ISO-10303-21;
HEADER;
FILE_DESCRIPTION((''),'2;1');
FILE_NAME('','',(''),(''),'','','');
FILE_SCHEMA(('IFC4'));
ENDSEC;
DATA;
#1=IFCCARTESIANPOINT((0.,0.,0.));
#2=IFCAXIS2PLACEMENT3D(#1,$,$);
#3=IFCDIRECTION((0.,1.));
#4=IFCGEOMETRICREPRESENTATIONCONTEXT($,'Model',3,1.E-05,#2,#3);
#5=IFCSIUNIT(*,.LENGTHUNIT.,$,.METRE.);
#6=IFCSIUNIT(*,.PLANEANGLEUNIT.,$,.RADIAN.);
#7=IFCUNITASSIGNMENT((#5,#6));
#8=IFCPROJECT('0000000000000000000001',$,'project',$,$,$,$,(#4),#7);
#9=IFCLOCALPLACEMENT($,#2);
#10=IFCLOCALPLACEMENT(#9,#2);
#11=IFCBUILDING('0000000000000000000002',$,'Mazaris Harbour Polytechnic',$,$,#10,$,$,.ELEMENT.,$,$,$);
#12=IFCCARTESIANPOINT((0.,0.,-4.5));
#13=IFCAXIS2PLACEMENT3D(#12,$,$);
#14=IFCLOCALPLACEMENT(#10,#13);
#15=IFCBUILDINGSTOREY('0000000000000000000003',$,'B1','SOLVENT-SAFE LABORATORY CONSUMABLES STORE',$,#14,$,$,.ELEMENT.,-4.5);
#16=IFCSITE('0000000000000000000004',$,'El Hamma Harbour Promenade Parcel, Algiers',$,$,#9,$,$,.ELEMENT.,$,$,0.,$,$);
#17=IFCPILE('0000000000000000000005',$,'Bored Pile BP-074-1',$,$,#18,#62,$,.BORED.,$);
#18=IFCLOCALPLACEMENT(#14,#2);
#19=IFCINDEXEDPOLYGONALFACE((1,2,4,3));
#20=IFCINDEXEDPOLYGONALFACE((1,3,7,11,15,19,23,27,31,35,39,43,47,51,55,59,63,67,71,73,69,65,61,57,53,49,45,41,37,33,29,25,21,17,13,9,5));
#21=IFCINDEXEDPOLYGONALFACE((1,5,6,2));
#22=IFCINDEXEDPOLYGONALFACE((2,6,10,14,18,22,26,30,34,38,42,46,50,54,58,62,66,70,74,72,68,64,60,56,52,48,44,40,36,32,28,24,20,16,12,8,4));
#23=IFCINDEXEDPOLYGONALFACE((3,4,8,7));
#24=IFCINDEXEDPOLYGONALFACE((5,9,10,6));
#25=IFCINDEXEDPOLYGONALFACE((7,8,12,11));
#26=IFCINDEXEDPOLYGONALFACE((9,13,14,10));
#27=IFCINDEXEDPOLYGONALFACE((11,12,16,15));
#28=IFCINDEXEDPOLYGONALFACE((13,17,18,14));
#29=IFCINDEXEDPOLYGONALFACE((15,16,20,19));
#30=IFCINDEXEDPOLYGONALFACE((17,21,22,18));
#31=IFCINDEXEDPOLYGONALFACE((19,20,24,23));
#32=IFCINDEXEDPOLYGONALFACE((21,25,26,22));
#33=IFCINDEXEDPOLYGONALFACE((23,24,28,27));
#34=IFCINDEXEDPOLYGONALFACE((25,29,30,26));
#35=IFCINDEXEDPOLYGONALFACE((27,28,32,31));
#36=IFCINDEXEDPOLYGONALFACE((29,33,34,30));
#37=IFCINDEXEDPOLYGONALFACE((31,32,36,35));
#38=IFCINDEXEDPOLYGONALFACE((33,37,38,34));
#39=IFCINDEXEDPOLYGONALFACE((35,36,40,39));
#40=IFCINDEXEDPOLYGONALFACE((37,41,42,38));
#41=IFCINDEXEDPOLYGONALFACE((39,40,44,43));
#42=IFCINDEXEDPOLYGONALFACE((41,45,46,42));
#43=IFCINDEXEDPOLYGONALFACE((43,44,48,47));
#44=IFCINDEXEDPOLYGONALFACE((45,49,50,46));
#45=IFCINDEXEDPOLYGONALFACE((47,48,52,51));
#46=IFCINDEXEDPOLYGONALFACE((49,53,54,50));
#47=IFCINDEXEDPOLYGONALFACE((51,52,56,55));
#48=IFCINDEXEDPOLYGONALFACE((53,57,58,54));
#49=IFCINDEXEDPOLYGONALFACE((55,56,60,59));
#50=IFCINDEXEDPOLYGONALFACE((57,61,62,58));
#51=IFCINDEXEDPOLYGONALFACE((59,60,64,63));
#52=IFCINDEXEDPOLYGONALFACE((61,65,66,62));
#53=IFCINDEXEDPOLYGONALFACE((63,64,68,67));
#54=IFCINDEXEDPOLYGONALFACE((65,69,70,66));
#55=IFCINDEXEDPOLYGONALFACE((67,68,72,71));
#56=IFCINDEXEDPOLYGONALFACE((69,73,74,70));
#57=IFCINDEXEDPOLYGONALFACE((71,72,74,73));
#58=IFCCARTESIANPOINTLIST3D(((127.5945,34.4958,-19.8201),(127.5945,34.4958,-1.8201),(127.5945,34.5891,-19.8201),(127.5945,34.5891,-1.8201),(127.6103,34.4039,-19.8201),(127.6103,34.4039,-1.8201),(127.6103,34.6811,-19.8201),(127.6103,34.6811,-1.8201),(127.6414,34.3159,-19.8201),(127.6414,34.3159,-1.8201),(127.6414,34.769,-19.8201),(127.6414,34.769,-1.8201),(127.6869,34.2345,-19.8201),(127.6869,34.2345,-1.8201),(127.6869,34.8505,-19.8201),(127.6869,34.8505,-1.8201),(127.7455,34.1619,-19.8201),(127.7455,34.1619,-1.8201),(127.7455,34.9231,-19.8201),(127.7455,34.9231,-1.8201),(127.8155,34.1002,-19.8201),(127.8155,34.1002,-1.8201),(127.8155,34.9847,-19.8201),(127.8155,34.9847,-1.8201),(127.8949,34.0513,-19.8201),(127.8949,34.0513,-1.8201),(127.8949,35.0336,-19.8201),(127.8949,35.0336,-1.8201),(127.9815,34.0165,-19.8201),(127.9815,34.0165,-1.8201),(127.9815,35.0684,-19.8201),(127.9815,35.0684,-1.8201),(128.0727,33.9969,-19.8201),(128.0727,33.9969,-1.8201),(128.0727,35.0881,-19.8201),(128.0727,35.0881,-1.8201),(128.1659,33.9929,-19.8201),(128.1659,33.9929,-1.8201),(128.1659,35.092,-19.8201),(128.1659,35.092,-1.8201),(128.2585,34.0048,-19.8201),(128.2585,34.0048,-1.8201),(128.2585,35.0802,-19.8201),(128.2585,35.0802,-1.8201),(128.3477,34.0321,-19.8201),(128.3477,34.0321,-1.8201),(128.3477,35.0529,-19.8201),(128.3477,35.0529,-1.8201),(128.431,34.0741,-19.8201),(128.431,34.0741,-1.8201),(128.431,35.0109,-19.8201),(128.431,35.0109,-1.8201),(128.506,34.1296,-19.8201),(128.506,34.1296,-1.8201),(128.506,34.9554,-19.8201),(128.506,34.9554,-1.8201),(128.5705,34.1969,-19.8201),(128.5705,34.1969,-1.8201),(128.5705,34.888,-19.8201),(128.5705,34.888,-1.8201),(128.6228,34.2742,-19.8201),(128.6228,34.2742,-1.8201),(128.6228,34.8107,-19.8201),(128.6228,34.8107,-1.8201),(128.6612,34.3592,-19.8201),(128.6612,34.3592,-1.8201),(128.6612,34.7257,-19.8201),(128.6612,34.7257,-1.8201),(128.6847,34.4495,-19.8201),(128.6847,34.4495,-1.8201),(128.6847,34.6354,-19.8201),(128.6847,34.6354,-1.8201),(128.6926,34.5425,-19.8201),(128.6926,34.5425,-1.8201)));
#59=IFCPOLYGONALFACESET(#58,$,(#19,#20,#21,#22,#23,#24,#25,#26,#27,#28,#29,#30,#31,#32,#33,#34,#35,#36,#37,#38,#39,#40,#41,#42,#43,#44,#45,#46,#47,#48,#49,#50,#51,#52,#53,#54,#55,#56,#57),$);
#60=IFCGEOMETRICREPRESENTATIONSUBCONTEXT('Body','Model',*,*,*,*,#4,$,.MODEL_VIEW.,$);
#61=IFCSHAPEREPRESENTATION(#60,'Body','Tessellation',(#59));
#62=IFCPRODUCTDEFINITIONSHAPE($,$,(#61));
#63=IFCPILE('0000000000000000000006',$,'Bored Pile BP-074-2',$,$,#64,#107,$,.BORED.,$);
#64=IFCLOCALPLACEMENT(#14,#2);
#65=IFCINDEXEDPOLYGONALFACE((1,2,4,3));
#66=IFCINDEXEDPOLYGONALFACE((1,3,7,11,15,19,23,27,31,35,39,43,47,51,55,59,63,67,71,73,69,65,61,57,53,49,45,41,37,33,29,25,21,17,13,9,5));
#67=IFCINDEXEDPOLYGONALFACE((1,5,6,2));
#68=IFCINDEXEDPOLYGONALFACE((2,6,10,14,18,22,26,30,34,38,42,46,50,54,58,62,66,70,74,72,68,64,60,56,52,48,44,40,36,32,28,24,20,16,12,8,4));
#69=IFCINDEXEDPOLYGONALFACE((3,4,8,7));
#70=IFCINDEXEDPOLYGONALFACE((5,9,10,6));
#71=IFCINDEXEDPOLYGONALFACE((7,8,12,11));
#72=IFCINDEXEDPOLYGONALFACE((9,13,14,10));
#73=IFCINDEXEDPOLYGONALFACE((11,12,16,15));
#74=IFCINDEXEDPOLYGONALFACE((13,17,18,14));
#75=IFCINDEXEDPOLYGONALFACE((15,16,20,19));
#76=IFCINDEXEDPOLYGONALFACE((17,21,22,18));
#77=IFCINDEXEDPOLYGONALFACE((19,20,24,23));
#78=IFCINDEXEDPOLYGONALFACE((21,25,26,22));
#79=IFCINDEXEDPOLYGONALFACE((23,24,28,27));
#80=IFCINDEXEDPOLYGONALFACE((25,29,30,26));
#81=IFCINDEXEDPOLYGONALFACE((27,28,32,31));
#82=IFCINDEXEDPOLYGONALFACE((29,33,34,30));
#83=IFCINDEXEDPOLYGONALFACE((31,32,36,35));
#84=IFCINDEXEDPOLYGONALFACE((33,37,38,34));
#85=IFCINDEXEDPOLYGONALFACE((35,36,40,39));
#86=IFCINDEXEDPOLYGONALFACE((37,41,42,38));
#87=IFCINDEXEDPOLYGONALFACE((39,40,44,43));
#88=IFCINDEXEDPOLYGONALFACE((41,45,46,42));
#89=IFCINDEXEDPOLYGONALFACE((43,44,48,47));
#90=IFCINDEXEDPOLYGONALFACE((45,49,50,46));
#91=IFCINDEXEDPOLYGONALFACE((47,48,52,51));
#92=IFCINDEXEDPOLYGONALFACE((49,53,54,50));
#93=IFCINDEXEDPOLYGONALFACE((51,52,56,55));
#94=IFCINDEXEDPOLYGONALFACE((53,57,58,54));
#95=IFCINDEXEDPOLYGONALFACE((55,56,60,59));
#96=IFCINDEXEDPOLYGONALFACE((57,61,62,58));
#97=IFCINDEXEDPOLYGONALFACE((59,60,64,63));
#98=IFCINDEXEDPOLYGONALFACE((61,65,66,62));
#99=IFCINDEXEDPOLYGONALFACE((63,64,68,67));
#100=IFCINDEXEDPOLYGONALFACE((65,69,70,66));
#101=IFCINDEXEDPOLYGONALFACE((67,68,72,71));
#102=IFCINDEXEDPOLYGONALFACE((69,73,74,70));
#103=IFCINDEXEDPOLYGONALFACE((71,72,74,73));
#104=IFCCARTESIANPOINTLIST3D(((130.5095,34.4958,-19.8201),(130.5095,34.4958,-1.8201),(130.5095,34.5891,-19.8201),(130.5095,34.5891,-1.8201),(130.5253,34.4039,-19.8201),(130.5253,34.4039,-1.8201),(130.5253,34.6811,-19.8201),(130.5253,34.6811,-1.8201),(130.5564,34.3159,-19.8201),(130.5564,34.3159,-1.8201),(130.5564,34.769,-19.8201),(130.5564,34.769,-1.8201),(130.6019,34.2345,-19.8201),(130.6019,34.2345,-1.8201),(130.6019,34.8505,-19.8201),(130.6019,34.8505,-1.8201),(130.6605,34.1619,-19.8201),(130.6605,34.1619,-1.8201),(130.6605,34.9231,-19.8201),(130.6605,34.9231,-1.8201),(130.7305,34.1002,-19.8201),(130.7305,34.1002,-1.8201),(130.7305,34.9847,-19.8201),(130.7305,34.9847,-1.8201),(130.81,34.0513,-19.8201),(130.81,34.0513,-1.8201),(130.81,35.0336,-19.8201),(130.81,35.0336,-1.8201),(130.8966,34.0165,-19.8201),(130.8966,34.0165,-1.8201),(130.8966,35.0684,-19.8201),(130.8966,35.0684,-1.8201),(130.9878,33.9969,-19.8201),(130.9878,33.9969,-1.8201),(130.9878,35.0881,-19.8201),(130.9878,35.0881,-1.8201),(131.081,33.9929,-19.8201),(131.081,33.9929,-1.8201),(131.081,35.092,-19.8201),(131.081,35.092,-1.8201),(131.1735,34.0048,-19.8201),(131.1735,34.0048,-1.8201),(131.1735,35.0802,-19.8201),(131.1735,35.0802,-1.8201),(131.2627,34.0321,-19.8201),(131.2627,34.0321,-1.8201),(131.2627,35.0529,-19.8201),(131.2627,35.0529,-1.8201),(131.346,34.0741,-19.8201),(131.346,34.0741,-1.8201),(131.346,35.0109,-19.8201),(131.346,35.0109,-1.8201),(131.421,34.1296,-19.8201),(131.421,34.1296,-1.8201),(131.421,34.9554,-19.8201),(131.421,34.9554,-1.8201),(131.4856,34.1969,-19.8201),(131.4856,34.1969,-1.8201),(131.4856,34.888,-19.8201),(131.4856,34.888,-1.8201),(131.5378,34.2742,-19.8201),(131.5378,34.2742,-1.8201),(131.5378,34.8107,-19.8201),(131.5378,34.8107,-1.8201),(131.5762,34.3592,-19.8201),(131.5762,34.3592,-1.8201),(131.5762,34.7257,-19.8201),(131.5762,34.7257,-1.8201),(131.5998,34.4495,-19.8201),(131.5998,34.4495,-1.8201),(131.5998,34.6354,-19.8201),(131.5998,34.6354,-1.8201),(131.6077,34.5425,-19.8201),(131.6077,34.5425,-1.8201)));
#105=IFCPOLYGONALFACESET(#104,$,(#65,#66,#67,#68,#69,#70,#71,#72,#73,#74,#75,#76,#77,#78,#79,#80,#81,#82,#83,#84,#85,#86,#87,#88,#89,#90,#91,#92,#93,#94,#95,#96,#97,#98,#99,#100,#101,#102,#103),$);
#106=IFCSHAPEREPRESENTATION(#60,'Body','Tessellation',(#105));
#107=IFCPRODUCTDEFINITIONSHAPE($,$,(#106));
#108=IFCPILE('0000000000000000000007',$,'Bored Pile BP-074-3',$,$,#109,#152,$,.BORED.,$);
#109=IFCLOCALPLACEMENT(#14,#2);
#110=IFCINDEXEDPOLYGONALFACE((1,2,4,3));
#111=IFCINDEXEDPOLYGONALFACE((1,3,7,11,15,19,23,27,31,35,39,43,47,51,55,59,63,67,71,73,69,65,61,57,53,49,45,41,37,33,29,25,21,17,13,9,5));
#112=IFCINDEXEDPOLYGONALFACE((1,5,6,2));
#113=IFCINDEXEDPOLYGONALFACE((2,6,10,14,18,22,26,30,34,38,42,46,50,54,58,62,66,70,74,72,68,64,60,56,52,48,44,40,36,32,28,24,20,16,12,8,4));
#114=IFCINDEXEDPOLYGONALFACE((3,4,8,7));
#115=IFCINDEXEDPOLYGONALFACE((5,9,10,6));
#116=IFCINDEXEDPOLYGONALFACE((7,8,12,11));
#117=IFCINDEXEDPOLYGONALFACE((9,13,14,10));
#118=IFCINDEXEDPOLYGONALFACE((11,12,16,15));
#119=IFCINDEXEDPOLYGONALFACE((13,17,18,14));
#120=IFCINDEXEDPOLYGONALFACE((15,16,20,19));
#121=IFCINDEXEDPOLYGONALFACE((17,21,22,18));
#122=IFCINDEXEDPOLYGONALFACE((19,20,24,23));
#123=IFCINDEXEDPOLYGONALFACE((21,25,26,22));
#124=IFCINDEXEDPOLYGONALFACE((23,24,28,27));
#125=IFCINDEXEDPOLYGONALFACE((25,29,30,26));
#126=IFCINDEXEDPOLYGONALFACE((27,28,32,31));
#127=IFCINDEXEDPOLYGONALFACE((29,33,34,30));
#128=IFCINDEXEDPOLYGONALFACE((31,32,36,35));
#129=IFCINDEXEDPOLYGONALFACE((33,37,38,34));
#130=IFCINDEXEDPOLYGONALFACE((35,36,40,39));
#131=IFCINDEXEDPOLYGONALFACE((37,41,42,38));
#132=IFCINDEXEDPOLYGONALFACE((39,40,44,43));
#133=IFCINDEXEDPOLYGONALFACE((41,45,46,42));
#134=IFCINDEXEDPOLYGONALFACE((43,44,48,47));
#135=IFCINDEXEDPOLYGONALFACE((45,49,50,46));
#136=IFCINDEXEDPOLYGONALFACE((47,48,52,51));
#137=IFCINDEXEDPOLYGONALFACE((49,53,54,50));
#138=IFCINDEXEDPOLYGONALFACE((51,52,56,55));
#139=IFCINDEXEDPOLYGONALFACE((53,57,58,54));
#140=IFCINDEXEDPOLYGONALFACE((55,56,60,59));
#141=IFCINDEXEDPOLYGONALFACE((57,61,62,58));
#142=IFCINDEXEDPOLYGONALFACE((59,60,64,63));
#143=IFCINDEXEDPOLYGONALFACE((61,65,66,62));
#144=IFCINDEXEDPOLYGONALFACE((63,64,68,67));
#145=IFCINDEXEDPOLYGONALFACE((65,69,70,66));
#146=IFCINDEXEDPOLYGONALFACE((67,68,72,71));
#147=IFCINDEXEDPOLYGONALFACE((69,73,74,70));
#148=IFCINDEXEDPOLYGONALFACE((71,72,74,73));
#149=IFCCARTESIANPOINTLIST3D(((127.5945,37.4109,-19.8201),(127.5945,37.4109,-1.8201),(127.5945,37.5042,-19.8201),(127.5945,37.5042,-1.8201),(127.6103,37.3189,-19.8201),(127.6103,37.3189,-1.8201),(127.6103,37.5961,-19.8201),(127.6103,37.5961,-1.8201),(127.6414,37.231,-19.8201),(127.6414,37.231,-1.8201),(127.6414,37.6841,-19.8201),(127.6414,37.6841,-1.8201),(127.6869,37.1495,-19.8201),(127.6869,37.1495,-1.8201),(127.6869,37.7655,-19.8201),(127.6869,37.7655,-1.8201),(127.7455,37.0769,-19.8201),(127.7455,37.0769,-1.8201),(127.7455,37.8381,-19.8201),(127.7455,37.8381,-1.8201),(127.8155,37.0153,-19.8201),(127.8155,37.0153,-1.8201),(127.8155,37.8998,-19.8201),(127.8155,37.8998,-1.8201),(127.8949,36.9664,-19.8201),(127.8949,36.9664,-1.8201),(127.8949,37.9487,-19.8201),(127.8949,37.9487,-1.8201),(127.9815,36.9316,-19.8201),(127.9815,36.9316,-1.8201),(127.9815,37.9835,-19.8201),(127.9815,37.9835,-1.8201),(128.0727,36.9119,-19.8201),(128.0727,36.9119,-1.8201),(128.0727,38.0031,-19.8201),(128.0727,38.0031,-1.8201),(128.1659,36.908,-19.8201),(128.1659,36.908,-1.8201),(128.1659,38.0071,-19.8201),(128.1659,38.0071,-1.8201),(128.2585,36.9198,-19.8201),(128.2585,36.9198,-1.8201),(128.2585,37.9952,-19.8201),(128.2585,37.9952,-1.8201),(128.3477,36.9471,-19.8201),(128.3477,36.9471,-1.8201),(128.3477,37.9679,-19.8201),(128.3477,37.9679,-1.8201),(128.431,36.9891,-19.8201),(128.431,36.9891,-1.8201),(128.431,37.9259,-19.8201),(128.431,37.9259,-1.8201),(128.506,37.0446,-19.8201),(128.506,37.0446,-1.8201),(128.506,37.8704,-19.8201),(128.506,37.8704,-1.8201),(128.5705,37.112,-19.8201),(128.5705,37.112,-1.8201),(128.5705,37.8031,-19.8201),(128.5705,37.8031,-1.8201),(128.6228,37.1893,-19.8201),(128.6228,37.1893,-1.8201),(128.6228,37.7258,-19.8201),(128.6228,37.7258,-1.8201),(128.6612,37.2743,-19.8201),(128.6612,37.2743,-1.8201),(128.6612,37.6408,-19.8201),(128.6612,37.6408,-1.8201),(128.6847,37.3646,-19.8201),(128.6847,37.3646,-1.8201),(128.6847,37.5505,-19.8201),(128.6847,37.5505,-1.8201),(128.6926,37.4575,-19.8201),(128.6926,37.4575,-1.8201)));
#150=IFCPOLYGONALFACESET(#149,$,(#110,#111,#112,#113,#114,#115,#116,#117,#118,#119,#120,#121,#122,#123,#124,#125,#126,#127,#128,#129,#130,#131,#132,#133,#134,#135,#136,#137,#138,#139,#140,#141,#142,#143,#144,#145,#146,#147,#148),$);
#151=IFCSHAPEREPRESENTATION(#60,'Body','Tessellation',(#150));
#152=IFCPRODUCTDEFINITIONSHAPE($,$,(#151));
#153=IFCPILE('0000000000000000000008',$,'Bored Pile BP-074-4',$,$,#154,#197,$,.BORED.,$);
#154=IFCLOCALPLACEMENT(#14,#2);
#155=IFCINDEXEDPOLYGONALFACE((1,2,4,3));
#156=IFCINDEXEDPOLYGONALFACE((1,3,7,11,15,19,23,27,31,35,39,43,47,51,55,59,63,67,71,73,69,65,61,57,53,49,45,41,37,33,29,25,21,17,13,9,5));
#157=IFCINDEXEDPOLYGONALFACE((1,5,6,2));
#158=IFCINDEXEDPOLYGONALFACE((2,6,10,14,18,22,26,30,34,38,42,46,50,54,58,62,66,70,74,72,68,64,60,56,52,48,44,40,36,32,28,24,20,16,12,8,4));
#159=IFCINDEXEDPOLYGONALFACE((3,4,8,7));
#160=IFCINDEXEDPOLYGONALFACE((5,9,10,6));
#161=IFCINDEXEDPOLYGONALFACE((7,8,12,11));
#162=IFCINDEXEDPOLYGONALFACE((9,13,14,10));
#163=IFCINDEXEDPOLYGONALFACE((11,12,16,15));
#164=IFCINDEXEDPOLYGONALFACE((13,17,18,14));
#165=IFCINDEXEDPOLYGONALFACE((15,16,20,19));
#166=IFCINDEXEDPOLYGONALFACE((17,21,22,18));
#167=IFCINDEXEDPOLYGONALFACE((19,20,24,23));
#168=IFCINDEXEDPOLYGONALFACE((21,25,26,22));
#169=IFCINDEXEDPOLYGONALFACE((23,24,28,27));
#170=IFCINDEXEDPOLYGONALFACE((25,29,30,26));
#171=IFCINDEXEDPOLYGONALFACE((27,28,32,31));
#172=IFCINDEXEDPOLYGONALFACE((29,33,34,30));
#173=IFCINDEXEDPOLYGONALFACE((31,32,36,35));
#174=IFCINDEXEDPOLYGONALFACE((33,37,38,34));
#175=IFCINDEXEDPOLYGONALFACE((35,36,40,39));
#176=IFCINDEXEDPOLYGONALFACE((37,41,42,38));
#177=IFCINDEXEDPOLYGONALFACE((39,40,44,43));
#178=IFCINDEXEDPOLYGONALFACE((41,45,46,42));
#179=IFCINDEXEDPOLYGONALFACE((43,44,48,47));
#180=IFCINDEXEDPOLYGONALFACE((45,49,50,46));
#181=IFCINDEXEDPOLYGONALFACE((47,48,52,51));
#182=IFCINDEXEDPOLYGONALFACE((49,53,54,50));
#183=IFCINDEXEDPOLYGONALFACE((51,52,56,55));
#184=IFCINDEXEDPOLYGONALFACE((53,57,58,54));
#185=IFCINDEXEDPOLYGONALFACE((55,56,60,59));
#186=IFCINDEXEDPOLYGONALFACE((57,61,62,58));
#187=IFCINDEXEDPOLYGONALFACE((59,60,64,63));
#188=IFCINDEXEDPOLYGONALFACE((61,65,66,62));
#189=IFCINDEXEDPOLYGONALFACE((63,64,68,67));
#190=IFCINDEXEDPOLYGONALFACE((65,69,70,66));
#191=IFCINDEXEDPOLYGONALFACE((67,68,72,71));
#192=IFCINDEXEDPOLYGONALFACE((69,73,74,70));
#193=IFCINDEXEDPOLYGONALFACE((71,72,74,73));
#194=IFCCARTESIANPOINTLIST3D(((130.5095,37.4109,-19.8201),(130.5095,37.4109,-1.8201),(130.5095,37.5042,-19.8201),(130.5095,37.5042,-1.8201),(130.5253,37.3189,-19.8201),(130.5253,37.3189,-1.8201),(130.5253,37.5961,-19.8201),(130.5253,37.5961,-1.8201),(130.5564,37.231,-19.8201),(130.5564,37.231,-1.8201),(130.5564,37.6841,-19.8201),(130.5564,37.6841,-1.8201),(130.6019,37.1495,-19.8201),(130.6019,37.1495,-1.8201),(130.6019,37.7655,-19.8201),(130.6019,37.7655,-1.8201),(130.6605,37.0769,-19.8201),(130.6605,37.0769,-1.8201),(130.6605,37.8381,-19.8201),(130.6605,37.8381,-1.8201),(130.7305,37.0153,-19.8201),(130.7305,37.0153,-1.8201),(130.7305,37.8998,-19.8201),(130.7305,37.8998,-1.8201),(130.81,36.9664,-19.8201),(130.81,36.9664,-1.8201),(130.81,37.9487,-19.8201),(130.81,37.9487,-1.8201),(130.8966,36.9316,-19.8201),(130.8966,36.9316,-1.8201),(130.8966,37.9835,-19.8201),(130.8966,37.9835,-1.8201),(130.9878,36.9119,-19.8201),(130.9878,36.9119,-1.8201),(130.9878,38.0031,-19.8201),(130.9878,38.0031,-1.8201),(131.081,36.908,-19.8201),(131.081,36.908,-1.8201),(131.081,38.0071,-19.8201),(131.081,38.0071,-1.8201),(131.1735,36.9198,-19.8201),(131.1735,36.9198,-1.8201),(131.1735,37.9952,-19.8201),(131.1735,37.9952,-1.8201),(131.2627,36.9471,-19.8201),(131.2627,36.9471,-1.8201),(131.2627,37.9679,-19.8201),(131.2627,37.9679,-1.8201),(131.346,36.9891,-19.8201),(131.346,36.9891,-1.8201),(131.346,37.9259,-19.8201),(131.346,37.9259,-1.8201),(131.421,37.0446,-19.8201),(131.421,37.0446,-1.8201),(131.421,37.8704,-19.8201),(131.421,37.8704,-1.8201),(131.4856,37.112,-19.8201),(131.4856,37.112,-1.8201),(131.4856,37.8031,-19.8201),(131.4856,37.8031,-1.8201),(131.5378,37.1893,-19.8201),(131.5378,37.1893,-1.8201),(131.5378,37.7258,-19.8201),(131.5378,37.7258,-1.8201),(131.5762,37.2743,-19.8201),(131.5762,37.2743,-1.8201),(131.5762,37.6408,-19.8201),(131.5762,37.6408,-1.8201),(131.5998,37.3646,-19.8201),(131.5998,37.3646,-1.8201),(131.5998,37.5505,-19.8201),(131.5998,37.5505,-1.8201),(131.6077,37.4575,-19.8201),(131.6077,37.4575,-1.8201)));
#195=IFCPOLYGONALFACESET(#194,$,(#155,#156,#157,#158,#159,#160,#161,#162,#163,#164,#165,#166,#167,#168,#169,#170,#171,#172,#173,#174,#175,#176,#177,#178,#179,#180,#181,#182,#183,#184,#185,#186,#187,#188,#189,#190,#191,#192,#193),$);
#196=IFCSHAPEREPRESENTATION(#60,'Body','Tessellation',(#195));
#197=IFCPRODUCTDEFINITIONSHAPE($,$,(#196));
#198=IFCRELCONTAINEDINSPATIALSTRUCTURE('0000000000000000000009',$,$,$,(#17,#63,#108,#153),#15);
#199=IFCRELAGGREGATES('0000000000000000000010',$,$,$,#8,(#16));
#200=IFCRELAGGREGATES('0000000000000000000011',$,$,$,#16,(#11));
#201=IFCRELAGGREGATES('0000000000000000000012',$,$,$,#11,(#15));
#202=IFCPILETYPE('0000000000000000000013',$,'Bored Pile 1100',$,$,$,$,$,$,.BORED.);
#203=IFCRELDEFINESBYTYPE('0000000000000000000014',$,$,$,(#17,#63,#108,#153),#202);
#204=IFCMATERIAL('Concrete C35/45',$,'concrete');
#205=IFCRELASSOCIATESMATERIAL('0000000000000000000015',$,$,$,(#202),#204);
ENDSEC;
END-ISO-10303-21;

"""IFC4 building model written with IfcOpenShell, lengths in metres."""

from ifc_helpers import new_model, si_unit, direction, frame, origin, origin_2d, place, context, subcontext, project, spatial, circle, extrude, material, material_profile, profile_set, type_object, element, save


model = new_model("IFC4")

# Units and contexts
model_context = context("Model", 3, precision=1e-05, world=origin(), true_north=direction((0.0, 1.0)))
body_context = subcontext(model_context, "Body", "Model", "MODEL_VIEW")
ifc_project = project(units=[si_unit("LENGTHUNIT", "METRE"), si_unit("PLANEANGLEUNIT", "RADIAN")], contexts=[model_context])

# Site, building, storey
site_placement = place(None, origin())
site = spatial("IfcSite", under=ifc_project, at=site_placement, Name="El Hamma Harbour Promenade Parcel, Algiers", CompositionType="ELEMENT", RefElevation=0.0)
building_placement = place(site_placement, origin())
building = spatial("IfcBuilding", under=site, at=building_placement, Name="Mazaris Harbour Polytechnic", CompositionType="ELEMENT")
storey_placement = place(building_placement, frame((0.0, 0.0, -4.5)))
storey = spatial("IfcBuildingStorey", under=building, at=storey_placement, Name="B1", Description="SOLVENT-SAFE LABORATORY CONSUMABLES STORE", CompositionType="ELEMENT", Elevation=-4.5)

# Piles
ifc_material_1 = material(Name="Concrete C35/45", Category="concrete")
ifc_material_profile_1 = material_profile(ifc_material_1, circle(Radius=0.55, at=origin_2d()), Name="DIA1100")
ifc_profile_set_1 = profile_set([ifc_material_profile_1], Name="Concrete C35/45")
pile_type_1 = type_object("IfcPileType", Name="Bored Pile 1100", PredefinedType="BORED", material=ifc_profile_set_1)
for number, where, z_axis, x_axis, name in (
    (1, (128.1426, 34.5425, -1.8201), (0.0, 0.0, -1.0), (1.0, 0.0, 0.0), "Bored Pile BP-074-1"),
    (2, (131.0576, 34.5425, -1.8201), (0.0, 0.0, -1.0), (1.0, 0.0, 0.0), "Bored Pile BP-074-2"),
    (3, (128.1426, 37.4575, -1.8201), (0.0, 0.0, -1.0), (1.0, 0.0, 0.0), "Bored Pile BP-074-3"),
    (4, (131.0576, 37.4575, -1.8201), (0.0, 0.0, -1.0), (1.0, 0.0, 0.0), "Bored Pile BP-074-4"),
):
    element("IfcPile", number, at=place(storey_placement, frame(where, z_axis=z_axis, x_axis=x_axis)), inside=storey, type_object=pile_type_1, Name=name, PredefinedType="BORED", context=body_context, shape_type="SweptSolid", body=[
        extrude(circle(Radius=0.55, at=origin_2d()), origin(), (0.0, 0.0, 1.0), 18.0),
    ])

save(model, "model.ifc")
